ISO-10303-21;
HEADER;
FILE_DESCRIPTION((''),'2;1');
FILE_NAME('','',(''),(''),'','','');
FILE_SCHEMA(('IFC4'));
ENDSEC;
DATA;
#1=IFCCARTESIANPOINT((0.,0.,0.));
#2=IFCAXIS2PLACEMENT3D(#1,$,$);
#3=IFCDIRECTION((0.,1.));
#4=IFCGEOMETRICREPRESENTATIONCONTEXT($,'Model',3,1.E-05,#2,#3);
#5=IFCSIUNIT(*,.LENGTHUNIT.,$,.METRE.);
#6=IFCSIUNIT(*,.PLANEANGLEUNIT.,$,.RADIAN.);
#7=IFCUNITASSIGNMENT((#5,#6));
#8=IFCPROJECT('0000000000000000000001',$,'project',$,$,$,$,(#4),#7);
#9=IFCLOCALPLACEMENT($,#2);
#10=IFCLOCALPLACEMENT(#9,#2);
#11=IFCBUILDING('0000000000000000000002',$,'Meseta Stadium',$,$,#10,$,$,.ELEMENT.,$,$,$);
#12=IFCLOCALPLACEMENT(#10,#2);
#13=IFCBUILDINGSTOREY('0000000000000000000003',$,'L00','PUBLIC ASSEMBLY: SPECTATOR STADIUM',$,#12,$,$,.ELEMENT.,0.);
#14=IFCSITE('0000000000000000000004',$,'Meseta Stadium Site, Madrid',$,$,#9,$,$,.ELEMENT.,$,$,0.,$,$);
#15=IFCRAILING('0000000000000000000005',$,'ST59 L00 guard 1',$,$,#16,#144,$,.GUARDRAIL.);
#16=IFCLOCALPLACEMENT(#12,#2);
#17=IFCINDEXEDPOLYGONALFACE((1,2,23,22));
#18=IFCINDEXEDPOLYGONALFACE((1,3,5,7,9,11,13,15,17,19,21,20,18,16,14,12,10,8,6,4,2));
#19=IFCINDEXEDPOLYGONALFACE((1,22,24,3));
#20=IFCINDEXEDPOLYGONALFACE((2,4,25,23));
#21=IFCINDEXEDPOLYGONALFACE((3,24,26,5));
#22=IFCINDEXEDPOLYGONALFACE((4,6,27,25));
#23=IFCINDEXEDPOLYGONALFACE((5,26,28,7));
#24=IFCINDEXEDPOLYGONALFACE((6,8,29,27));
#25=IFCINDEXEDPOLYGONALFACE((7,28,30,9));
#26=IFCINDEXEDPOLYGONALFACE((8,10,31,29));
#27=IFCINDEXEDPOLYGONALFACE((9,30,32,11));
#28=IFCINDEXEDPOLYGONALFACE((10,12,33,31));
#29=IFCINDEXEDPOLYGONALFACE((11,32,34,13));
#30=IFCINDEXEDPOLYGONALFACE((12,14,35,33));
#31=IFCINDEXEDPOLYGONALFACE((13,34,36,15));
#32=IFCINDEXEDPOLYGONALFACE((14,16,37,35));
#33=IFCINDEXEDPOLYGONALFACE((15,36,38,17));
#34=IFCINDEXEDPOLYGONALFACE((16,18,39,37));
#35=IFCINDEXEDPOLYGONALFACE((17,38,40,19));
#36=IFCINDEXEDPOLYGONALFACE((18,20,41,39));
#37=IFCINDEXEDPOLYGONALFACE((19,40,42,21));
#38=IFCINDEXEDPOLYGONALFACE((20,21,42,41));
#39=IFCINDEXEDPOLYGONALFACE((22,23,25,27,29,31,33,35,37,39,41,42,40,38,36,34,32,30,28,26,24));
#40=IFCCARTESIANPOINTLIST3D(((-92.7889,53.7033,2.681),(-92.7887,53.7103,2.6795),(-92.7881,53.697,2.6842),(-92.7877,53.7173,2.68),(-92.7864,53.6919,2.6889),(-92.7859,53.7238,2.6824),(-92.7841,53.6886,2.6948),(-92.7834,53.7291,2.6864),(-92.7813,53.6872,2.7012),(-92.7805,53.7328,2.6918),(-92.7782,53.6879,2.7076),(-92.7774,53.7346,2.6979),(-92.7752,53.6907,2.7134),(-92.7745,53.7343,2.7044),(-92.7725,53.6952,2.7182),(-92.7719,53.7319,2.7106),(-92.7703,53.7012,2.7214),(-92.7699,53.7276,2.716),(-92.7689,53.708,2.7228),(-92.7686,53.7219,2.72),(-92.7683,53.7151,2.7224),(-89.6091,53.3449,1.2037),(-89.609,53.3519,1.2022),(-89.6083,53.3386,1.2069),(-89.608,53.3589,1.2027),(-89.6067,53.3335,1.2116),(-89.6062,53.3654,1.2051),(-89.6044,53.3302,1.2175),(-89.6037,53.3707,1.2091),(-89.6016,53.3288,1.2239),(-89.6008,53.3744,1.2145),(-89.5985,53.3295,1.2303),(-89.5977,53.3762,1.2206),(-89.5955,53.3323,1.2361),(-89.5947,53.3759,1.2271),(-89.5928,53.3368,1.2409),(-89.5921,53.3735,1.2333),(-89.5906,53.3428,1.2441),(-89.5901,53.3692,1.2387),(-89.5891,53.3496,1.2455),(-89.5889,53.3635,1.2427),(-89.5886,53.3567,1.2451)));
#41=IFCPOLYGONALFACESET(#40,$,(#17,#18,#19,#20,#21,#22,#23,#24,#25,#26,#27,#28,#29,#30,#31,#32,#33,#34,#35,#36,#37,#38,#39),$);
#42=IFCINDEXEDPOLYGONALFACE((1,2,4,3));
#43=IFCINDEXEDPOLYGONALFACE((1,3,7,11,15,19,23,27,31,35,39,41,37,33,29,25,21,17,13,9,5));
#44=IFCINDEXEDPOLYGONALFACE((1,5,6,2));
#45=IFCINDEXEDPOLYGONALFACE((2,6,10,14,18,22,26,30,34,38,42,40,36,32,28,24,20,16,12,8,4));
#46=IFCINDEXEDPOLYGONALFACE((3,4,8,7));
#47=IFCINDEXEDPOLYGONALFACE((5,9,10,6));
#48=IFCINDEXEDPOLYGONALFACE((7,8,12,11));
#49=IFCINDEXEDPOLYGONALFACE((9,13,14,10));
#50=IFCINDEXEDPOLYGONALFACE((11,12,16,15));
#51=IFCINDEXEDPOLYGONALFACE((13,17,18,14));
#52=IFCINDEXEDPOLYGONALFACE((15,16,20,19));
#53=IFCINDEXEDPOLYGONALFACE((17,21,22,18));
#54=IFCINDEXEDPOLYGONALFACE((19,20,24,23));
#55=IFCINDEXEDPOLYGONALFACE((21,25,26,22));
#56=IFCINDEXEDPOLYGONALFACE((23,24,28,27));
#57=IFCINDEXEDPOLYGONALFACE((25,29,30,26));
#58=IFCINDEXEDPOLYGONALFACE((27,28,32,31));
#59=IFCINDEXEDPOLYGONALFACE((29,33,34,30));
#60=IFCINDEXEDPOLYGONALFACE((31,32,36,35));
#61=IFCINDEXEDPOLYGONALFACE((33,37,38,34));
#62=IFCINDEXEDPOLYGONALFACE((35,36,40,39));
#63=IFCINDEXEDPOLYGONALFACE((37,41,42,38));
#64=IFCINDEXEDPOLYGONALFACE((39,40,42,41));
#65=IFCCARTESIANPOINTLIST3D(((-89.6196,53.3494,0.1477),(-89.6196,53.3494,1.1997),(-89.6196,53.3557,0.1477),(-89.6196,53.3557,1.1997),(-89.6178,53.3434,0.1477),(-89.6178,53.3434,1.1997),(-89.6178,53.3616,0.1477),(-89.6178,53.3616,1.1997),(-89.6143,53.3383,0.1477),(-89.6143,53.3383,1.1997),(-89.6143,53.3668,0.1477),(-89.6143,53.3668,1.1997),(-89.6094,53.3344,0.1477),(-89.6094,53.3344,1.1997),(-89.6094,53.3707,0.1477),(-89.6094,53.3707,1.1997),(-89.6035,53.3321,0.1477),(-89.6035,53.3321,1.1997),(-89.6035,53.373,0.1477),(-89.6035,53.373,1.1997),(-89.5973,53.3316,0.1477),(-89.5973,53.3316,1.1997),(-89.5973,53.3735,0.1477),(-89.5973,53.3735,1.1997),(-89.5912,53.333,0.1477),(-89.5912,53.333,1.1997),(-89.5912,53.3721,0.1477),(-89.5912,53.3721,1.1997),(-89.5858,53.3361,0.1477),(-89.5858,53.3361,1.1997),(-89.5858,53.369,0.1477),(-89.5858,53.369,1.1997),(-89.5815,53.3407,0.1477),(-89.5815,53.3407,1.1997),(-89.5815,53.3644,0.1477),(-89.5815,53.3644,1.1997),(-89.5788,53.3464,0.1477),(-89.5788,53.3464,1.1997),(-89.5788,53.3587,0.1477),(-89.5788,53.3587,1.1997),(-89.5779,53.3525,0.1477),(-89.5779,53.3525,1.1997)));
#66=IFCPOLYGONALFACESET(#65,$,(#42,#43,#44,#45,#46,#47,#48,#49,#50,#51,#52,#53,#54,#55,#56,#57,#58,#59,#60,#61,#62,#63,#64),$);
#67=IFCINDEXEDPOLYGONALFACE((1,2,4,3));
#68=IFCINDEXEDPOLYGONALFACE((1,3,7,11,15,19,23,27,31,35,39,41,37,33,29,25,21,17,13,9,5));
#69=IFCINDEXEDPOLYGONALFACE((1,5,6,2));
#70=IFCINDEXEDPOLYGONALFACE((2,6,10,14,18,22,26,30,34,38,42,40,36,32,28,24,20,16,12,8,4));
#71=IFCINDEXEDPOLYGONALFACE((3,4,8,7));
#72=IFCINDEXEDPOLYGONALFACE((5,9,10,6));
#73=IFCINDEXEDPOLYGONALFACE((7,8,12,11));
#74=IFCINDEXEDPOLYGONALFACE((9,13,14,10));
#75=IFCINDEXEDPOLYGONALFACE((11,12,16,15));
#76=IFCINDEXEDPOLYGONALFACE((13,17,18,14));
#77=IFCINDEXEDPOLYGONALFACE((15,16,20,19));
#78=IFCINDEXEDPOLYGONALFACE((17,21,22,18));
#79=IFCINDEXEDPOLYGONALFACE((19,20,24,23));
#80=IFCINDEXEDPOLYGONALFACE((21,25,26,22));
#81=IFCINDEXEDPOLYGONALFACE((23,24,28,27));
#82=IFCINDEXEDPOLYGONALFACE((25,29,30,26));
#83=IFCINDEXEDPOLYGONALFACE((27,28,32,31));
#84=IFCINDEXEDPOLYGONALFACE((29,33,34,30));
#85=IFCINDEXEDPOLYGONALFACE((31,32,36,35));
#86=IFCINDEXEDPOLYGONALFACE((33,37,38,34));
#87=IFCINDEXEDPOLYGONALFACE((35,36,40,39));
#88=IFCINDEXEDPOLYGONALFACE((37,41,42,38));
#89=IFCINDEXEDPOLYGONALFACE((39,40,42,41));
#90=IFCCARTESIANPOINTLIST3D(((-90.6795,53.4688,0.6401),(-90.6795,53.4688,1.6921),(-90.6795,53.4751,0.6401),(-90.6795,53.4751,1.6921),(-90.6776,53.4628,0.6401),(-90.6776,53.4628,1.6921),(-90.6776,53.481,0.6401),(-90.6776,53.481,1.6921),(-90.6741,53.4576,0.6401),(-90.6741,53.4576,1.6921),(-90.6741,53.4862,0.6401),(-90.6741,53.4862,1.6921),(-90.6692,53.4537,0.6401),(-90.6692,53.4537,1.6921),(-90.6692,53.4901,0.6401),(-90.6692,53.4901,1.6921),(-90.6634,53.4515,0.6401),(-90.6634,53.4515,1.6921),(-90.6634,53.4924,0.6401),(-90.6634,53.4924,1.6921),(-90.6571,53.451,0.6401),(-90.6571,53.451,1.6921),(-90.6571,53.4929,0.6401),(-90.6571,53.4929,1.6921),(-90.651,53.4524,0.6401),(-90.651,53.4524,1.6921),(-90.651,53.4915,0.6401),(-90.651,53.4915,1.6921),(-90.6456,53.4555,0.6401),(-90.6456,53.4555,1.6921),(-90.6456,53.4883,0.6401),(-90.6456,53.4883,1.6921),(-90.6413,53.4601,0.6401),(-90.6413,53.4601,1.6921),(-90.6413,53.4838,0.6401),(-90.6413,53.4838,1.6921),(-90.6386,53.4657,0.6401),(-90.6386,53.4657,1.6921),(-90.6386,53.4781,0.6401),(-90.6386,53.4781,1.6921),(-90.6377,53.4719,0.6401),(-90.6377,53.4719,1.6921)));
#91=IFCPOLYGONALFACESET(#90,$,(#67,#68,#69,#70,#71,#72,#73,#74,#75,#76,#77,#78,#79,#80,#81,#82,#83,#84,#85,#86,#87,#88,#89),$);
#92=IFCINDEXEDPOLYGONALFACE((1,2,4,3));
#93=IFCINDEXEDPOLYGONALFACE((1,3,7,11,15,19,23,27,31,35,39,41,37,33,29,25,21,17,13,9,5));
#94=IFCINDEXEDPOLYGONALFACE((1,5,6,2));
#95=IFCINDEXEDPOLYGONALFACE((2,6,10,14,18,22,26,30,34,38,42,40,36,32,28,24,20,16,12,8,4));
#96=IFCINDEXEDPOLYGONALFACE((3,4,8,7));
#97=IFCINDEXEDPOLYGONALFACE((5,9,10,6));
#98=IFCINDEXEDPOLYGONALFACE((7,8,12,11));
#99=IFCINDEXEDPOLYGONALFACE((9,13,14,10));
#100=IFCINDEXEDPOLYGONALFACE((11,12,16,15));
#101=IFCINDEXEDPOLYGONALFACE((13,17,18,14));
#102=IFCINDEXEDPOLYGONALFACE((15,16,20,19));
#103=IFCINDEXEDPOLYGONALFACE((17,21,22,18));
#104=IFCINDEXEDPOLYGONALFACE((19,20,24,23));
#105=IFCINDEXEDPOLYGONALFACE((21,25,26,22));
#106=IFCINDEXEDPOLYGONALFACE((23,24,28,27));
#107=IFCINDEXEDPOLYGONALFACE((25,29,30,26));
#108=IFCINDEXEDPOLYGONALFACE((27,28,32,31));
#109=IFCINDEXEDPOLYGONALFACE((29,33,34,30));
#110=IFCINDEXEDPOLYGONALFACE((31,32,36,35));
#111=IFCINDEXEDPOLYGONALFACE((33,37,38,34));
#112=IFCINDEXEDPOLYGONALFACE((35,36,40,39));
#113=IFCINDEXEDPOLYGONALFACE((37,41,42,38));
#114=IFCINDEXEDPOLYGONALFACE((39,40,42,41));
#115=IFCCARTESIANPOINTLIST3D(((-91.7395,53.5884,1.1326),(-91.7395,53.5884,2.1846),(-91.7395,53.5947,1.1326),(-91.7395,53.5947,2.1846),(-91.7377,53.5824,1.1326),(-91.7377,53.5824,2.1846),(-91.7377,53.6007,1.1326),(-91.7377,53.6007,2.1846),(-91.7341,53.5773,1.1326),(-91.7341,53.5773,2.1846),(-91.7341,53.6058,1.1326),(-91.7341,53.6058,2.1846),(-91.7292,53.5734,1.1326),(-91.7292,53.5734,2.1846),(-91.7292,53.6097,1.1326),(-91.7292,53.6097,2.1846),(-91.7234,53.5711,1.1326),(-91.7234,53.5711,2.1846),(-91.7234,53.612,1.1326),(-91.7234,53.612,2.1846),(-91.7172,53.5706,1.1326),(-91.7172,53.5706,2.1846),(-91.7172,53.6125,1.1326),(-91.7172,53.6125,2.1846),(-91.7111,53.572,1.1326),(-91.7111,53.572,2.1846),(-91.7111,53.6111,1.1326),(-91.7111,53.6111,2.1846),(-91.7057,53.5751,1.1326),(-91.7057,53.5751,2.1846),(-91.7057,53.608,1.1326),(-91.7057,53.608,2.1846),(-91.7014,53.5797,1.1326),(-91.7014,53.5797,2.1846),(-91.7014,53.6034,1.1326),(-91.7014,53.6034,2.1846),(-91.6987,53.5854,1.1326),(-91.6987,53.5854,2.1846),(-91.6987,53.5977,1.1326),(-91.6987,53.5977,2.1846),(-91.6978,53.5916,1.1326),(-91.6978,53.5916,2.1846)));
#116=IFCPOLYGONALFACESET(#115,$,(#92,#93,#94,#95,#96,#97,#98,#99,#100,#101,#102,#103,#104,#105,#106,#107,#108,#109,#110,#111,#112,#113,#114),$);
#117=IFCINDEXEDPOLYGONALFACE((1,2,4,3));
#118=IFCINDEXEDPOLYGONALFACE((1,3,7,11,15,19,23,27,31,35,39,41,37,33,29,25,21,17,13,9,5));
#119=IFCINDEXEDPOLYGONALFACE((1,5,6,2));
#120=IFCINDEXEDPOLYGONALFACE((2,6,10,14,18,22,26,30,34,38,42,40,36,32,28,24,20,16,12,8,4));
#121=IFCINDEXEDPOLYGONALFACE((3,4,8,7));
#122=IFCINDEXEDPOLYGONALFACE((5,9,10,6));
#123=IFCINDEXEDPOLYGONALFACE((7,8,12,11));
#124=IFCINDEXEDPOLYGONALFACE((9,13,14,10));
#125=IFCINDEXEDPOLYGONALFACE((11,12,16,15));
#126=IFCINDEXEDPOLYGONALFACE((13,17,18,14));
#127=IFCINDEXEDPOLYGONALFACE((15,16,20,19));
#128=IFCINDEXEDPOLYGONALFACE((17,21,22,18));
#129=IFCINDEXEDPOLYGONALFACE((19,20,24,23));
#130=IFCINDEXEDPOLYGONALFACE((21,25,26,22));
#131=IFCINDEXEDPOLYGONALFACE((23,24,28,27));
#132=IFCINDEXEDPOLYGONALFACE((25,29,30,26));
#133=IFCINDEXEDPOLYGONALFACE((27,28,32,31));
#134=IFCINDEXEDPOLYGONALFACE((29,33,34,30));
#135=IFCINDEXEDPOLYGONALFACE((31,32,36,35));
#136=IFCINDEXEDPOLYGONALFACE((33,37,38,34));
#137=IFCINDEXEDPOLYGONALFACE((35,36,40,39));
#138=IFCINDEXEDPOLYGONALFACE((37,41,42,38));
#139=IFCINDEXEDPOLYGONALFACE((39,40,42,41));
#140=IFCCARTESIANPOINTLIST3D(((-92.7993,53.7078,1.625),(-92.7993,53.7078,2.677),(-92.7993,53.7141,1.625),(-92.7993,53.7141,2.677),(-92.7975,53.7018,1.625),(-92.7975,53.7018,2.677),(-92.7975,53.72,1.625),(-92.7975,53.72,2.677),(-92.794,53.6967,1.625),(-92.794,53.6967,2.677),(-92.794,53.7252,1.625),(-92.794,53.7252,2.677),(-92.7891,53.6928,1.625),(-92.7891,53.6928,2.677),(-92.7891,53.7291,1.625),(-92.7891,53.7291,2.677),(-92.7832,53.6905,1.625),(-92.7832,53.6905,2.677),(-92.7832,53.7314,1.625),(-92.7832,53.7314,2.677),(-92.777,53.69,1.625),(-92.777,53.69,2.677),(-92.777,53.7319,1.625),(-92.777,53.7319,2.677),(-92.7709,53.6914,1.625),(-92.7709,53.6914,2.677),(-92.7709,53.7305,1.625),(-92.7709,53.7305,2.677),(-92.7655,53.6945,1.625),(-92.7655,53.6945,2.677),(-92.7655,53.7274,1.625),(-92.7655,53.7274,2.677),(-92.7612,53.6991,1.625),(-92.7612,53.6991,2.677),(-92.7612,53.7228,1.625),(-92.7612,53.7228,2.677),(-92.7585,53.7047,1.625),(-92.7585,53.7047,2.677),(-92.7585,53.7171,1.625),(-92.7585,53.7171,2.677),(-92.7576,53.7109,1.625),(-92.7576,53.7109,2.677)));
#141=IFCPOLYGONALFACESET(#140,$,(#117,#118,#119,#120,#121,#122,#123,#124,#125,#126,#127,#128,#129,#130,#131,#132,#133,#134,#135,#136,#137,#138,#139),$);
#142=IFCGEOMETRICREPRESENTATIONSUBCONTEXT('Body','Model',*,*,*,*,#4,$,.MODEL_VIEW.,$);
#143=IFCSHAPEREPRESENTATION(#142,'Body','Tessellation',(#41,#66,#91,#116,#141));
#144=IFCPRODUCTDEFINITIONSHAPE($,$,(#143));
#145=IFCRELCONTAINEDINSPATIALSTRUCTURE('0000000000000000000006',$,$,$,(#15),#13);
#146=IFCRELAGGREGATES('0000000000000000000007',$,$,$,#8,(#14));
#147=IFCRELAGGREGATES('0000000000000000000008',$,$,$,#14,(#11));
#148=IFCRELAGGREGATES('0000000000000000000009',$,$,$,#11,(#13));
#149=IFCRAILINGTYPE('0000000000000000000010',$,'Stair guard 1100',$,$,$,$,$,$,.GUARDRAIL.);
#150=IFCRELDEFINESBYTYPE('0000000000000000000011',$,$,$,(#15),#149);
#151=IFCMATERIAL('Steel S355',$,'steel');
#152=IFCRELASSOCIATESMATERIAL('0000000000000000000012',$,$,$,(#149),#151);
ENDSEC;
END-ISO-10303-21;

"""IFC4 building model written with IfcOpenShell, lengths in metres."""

from ifc_helpers import new_model, si_unit, direction, frame, origin, origin_2d, place, context, subcontext, project, spatial, circle, extrude, material, type_object, element, save


model = new_model("IFC4")

# Units and contexts
model_context = context("Model", 3, precision=1e-05, world=origin(), true_north=direction((0.0, 1.0)))
body_context = subcontext(model_context, "Body", "Model", "MODEL_VIEW")
ifc_project = project(units=[si_unit("LENGTHUNIT", "METRE"), si_unit("PLANEANGLEUNIT", "RADIAN")], contexts=[model_context])

# Site, building, storey
site_placement = place(None, origin())
site = spatial("IfcSite", under=ifc_project, at=site_placement, Name="Meseta Stadium Site, Madrid", CompositionType="ELEMENT", RefElevation=0.0)
building_placement = place(site_placement, origin())
building = spatial("IfcBuilding", under=site, at=building_placement, Name="Meseta Stadium", CompositionType="ELEMENT")
storey_placement = place(building_placement, origin())
storey = spatial("IfcBuildingStorey", under=building, at=storey_placement, Name="L00", Description="PUBLIC ASSEMBLY: SPECTATOR STADIUM", CompositionType="ELEMENT", Elevation=0.0)

# Railing
ifc_material_1 = material(Name="Steel S355", Category="steel")
railing_type_1 = type_object("IfcRailingType", Name="Stair guard 1100", PredefinedType="GUARDRAIL", material=ifc_material_1)
railing_1_placement = place(storey_placement, frame((-89.5989, 53.3525, 0.1477)))
element("IfcRailing", 1, at=railing_1_placement, inside=storey, type_object=railing_type_1, Name="ST59 L00 guard 1", PredefinedType="GUARDRAIL", context=body_context, shape_type="SweptSolid", body=[
    extrude(circle(Radius=0.0239, at=origin_2d()), frame((0.0, 0.0, 1.0762), z_axis=(-0.902197, 0.101691, 0.419164), x_axis=(-0.112006, -0.993708, 0.0)), (0.0, 0.0, 1.0), 3.5244),
    extrude(circle(Radius=0.021, at=origin_2d()), origin(), (0.0, 0.0, 1.0), 1.052),
    extrude(circle(Radius=0.021, at=origin_2d()), frame((-1.0598, 0.1194, 0.4924)), (0.0, 0.0, 1.0), 1.052),
    extrude(circle(Radius=0.021, at=origin_2d()), frame((-2.1199, 0.239, 0.9849)), (0.0, 0.0, 1.0), 1.052),
    extrude(circle(Radius=0.021, at=origin_2d()), frame((-3.1797, 0.3584, 1.4773)), (0.0, 0.0, 1.0), 1.052),
])

save(model, "model.ifc")
